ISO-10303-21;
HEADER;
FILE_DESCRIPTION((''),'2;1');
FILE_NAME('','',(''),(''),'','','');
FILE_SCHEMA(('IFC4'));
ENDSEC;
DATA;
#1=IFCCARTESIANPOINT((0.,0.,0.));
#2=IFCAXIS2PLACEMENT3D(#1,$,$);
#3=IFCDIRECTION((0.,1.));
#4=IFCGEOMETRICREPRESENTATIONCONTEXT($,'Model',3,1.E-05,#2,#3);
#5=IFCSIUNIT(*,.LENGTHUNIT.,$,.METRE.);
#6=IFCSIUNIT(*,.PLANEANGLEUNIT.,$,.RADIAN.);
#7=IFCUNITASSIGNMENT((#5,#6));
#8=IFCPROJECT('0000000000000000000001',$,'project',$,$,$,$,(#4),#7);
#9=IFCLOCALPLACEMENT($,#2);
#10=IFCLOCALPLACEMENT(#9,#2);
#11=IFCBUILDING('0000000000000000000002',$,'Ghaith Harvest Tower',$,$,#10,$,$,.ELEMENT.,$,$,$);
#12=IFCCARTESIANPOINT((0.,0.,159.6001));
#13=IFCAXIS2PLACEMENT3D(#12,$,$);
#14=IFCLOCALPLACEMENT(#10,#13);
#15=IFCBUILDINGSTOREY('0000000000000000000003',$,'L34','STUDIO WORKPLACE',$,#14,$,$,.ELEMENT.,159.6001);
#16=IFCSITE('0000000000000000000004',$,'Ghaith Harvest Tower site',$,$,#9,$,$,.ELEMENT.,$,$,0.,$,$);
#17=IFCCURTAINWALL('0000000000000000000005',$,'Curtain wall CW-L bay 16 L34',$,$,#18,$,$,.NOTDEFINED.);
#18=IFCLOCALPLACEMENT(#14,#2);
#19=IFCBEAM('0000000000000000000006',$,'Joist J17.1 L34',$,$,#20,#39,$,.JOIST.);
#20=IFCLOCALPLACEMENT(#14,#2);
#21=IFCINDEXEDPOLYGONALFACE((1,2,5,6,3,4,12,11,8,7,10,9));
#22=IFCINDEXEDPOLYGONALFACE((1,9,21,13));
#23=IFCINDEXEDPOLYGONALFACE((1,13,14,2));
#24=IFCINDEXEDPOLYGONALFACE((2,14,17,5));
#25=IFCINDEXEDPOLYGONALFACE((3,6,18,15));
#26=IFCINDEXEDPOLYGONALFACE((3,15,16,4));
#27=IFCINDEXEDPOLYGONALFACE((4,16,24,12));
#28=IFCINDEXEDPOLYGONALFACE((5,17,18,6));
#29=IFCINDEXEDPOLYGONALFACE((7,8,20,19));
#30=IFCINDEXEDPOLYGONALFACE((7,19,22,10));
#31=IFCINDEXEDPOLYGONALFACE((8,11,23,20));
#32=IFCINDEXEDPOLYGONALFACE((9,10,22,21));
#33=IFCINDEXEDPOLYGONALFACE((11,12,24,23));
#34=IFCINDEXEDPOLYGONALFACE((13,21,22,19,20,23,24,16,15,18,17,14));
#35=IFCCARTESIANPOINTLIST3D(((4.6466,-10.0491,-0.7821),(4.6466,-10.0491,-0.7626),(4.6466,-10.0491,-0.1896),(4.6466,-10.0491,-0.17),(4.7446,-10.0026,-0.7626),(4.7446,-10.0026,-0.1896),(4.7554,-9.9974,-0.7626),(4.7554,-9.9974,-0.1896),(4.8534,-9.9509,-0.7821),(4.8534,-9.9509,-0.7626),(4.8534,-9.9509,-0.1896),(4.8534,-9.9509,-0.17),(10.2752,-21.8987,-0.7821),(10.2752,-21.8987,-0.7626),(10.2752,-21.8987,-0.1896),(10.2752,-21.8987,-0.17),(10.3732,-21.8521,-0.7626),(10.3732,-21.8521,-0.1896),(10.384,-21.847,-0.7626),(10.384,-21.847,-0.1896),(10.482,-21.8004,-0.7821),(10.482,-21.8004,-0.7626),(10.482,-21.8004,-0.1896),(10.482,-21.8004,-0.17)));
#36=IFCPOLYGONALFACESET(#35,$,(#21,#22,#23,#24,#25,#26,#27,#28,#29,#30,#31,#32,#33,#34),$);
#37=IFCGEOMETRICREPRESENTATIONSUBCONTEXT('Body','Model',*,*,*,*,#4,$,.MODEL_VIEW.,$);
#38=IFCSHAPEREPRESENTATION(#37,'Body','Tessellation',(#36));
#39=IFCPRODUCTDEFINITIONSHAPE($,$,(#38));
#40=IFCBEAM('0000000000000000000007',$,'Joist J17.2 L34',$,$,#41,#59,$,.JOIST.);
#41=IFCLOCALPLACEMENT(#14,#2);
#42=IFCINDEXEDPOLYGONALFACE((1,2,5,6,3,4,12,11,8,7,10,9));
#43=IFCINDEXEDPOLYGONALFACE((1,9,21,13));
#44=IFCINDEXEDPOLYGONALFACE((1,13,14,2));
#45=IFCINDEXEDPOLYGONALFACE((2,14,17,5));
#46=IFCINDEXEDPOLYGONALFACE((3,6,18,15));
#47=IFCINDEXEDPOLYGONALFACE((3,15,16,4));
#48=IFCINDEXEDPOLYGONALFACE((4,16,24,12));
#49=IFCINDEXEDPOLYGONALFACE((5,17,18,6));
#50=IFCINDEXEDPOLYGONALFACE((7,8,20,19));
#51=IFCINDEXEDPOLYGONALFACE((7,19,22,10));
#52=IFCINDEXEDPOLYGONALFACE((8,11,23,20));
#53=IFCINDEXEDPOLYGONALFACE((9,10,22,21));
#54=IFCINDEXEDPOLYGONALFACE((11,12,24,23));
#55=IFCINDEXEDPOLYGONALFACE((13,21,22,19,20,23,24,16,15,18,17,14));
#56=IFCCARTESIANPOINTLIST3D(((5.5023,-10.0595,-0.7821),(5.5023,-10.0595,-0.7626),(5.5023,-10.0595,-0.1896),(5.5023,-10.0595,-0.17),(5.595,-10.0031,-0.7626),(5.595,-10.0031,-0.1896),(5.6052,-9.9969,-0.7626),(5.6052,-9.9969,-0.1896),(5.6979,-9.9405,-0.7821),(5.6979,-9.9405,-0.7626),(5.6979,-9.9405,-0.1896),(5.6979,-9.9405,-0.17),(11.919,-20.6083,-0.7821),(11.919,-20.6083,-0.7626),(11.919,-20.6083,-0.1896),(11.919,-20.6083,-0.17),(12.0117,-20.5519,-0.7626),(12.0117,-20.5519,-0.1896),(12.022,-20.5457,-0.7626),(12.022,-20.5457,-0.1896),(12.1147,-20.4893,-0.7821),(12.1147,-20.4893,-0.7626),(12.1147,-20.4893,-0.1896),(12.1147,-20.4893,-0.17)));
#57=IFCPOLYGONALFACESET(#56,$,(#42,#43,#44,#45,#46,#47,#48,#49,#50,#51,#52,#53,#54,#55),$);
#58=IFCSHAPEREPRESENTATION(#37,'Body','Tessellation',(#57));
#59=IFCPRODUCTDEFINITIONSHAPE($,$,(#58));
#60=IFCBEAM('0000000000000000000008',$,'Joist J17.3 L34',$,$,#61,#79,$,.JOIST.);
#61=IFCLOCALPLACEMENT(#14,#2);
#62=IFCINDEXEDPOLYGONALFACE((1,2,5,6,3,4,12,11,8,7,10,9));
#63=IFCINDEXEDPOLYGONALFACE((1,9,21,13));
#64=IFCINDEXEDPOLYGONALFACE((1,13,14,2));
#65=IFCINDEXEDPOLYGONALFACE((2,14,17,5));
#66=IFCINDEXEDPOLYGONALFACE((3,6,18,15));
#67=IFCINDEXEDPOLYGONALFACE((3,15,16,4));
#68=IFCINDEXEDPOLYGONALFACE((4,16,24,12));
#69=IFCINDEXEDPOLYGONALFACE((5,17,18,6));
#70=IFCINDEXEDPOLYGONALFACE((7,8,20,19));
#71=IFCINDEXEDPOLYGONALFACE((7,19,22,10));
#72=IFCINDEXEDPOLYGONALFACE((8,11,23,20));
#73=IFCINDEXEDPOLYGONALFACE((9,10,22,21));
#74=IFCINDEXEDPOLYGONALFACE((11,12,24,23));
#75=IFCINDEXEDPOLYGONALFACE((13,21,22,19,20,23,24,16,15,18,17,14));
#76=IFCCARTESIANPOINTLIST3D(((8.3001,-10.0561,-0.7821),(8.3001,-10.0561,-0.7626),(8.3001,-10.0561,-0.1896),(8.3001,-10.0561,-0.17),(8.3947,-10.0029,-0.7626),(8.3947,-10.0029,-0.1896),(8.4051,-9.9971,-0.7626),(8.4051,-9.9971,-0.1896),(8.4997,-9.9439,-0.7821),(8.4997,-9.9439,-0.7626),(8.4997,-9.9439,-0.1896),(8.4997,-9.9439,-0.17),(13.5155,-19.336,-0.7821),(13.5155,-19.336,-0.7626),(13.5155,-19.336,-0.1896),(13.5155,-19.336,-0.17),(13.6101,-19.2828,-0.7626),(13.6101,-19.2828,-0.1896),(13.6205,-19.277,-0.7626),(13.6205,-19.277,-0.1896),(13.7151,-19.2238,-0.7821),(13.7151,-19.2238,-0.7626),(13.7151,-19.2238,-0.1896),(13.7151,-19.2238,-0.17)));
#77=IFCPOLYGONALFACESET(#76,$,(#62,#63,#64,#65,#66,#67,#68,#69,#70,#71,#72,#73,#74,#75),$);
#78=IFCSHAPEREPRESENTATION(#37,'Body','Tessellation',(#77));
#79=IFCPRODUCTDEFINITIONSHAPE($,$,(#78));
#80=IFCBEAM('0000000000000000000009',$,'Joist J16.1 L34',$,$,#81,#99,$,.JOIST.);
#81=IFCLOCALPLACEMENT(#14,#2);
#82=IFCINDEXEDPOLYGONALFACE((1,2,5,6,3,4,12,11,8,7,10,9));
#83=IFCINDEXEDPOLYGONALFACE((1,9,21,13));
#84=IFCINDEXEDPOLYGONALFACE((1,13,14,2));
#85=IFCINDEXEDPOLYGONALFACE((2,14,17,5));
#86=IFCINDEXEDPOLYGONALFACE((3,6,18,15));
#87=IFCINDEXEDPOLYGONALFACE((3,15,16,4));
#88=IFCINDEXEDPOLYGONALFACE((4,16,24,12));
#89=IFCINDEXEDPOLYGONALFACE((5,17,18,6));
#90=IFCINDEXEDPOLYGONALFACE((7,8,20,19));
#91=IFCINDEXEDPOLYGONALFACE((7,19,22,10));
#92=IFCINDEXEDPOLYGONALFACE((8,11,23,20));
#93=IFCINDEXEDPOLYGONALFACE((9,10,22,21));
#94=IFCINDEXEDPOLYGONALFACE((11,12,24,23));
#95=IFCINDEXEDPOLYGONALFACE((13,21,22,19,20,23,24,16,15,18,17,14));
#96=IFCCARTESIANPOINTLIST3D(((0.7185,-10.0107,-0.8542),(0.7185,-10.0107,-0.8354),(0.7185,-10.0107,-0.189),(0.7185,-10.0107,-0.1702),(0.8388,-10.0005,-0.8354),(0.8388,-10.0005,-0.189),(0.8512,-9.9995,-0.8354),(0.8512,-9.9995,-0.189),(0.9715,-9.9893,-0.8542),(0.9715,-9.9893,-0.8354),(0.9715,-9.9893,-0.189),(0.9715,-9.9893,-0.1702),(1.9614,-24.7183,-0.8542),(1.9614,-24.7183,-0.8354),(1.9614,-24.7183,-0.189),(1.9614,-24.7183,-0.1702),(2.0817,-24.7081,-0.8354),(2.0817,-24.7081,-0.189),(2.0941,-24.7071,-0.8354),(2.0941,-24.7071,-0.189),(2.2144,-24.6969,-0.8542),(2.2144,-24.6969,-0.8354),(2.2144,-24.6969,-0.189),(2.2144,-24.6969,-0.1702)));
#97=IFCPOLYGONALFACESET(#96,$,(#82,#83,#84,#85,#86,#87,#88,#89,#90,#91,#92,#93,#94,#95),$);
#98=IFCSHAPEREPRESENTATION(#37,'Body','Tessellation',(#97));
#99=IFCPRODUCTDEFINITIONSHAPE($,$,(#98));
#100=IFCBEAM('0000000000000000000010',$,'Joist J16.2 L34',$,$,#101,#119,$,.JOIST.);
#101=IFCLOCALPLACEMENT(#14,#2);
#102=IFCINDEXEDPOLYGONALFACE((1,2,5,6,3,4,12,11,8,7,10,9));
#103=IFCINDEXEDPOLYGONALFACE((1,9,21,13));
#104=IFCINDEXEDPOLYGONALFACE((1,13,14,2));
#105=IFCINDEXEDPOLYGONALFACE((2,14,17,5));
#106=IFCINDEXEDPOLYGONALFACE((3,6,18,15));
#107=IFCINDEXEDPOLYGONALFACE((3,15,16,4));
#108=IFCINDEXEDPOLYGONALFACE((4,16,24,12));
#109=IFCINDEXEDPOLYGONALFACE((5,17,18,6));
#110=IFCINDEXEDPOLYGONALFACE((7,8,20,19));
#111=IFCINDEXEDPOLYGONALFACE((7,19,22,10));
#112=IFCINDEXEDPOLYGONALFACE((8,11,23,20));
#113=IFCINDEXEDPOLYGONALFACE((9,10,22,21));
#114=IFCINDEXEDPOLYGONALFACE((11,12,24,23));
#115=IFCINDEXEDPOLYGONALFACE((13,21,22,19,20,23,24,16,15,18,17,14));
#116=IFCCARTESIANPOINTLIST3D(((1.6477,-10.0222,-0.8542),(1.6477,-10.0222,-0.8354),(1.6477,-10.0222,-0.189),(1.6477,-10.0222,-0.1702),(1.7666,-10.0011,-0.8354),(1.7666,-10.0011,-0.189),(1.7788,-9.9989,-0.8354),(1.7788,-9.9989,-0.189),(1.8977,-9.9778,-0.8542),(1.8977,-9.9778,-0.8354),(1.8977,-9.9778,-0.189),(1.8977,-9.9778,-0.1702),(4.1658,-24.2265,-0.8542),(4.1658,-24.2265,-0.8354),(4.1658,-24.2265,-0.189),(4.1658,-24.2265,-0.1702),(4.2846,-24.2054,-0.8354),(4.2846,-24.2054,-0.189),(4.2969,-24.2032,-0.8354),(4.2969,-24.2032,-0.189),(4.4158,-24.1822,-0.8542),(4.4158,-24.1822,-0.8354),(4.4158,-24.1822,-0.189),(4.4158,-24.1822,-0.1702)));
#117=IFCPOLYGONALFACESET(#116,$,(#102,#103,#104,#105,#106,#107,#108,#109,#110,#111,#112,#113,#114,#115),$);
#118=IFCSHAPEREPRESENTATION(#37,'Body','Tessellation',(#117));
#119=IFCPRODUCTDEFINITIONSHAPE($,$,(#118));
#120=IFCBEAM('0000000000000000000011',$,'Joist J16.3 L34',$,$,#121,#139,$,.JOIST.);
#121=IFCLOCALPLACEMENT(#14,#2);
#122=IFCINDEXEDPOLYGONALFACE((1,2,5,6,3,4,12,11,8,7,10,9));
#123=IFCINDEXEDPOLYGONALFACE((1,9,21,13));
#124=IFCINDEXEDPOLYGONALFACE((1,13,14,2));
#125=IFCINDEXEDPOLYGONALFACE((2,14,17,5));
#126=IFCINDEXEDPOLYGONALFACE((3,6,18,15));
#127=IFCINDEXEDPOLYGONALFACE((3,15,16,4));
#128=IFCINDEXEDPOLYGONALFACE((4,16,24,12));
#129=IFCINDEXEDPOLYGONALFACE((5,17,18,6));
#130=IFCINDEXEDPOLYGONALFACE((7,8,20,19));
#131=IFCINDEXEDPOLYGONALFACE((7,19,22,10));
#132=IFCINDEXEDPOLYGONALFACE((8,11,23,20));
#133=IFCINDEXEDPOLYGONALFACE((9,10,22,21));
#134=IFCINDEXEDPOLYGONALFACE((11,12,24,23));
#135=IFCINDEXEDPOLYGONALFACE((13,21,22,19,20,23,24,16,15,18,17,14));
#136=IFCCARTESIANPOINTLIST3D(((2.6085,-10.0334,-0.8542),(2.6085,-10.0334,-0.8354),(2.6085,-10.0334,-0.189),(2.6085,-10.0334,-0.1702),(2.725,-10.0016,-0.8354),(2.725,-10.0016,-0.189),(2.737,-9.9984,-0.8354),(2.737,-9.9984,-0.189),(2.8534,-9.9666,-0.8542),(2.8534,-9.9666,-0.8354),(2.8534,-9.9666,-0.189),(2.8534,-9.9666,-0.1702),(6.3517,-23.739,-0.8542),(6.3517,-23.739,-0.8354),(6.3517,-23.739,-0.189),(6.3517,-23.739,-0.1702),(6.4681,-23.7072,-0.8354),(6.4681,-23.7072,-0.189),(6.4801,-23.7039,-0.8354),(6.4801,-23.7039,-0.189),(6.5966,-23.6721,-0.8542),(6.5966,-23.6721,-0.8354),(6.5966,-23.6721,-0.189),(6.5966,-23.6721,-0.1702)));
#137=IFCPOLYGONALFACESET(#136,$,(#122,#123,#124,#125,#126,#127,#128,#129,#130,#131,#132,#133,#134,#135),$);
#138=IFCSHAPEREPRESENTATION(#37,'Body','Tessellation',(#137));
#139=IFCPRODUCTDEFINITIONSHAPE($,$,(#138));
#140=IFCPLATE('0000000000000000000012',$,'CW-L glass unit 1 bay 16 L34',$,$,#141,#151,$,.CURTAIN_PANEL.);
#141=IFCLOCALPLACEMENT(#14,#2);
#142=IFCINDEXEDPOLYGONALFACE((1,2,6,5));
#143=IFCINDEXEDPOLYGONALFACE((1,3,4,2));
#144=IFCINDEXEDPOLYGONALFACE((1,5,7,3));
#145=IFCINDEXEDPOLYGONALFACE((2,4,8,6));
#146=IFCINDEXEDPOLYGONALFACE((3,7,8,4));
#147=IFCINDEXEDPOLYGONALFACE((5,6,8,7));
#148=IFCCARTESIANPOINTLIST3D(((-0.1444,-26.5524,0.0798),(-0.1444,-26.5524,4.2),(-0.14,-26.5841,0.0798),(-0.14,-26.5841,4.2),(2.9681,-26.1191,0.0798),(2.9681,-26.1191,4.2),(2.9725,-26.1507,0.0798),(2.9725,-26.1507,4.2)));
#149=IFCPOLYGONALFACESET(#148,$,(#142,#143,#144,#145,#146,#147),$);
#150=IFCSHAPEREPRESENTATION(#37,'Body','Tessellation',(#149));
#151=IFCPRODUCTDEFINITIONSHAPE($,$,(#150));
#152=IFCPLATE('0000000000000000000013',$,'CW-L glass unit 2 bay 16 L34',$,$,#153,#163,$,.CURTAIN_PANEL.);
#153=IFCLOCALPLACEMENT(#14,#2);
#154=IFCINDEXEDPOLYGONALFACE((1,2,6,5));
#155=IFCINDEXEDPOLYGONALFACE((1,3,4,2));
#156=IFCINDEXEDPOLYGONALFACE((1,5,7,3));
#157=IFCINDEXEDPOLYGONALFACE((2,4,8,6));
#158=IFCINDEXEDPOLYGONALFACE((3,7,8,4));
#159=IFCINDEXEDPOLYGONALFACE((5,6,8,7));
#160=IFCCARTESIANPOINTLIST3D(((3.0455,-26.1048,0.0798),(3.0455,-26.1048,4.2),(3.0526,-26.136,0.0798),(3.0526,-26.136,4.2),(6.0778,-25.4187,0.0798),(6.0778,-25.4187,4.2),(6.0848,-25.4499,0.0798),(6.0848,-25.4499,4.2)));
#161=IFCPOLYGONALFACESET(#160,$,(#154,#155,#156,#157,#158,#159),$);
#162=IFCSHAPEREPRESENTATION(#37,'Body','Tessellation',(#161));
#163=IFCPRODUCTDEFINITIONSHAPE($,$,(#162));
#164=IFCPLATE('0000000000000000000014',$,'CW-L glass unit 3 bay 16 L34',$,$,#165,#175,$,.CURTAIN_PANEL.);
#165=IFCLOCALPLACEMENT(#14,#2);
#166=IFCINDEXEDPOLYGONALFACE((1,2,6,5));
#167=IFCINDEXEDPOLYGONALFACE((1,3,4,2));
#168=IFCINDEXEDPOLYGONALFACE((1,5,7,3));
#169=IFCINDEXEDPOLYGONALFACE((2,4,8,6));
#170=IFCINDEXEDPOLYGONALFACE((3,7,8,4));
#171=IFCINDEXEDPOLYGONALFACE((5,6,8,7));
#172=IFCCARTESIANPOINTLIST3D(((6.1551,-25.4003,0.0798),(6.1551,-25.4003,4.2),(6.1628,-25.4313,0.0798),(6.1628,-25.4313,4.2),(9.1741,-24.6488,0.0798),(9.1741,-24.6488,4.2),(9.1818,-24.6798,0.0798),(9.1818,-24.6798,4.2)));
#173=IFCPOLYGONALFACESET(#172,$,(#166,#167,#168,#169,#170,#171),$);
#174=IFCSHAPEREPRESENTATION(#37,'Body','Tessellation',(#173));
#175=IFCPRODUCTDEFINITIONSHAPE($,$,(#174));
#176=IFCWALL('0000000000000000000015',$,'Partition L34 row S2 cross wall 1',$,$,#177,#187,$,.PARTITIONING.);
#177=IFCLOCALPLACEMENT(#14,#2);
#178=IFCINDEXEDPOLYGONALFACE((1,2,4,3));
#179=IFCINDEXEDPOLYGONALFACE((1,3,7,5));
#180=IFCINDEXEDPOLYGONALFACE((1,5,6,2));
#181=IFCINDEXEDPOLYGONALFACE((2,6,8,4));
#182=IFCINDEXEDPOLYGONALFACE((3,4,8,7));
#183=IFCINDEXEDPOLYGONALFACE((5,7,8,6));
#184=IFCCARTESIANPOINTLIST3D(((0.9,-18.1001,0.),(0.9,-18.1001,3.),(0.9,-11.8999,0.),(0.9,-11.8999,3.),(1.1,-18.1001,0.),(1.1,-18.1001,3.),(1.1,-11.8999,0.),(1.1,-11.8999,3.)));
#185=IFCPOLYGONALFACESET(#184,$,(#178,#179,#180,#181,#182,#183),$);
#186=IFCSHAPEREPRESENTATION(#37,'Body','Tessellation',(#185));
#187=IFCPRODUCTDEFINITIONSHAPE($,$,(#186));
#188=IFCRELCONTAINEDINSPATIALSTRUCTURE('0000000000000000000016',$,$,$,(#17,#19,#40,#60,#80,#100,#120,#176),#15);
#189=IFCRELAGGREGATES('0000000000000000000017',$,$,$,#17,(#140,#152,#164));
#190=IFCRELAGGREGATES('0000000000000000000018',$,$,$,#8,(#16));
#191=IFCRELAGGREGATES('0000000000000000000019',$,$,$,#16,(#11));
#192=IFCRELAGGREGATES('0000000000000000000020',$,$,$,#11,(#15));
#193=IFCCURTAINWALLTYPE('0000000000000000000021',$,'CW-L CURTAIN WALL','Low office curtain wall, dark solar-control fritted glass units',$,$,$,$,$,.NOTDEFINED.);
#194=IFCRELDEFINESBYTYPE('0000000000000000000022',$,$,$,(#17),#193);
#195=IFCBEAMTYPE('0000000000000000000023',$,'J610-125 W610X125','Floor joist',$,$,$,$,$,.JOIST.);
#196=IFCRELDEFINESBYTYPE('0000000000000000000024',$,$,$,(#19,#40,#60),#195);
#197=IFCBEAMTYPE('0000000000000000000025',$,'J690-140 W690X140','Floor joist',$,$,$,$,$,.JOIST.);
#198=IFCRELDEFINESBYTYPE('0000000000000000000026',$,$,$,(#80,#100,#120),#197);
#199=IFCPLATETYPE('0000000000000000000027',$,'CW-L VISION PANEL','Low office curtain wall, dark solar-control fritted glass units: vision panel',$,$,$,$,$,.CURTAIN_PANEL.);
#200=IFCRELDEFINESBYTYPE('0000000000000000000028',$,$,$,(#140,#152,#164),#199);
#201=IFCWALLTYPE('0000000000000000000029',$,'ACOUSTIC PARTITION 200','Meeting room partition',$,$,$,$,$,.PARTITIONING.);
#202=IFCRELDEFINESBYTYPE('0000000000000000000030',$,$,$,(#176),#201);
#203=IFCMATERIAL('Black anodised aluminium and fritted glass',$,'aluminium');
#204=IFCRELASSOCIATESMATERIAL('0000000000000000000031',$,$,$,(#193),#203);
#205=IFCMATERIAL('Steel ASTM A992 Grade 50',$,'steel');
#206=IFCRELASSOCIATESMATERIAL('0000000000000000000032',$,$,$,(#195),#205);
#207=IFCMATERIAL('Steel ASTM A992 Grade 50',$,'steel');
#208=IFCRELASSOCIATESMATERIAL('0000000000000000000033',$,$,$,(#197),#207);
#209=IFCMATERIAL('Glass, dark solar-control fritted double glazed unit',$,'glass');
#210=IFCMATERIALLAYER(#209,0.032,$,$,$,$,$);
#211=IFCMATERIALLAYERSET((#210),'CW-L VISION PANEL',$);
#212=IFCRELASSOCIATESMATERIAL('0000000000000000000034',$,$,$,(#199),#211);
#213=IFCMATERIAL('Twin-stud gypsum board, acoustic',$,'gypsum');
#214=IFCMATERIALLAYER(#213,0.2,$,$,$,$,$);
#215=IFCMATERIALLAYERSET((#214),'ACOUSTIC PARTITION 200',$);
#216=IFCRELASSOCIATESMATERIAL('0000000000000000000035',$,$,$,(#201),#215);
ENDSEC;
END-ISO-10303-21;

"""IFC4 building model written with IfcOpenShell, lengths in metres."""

from ifc_helpers import new_model, si_unit, direction, frame, frame_2d, origin, origin_2d, place, context, subcontext, project, spatial, rectangle, i_section, extrude, material, layer, layer_set, material_profile, profile_set, type_object, element, aggregate, save


model = new_model("IFC4")

# Units and contexts
model_context = context("Model", 3, precision=1e-05, world=origin(), true_north=direction((0.0, 1.0)))
body_context = subcontext(model_context, "Body", "Model", "MODEL_VIEW")
ifc_project = project(units=[si_unit("LENGTHUNIT", "METRE"), si_unit("PLANEANGLEUNIT", "RADIAN")], contexts=[model_context])

# Site, building, storey
site_placement = place(None, origin())
site = spatial("IfcSite", under=ifc_project, at=site_placement, Name="Ghaith Harvest Tower site", CompositionType="ELEMENT", RefElevation=0.0)
building_placement = place(site_placement, origin())
building = spatial("IfcBuilding", under=site, at=building_placement, Name="Ghaith Harvest Tower", CompositionType="ELEMENT")
storey_placement = place(building_placement, frame((0.0, 0.0, 159.6001)))
storey = spatial("IfcBuildingStorey", under=building, at=storey_placement, Name="L34", Description="STUDIO WORKPLACE", CompositionType="ELEMENT", Elevation=159.6001)

# Curtain wall
ifc_material_1 = material(Name="Black anodised aluminium and fritted glass", Category="aluminium")
curtain_wall_type = type_object("IfcCurtainWallType", Name="CW-L CURTAIN WALL", Description="Low office curtain wall, dark solar-control fritted glass units", PredefinedType="NOTDEFINED", material=ifc_material_1)
curtain_wall_1_placement = place(storey_placement, origin())
curtain_wall_1 = element("IfcCurtainWall", 1, at=curtain_wall_1_placement, inside=storey, type_object=curtain_wall_type, Name="Curtain wall CW-L bay 16 L34", PredefinedType="NOTDEFINED")

# Beams
ifc_material_2 = material(Name="Steel ASTM A992 Grade 50", Category="steel")
ifc_material_profile_1 = material_profile(ifc_material_2, i_section(OverallWidth=0.229, OverallDepth=0.6121, WebThickness=0.012, FlangeThickness=0.0195, at=origin_2d()), Name="W610X125")
ifc_profile_set_1 = profile_set([ifc_material_profile_1], Name="Steel ASTM A992 Grade 50")
beam_type_1 = type_object("IfcBeamType", Name="J610-125 W610X125", Description="Floor joist", PredefinedType="JOIST", material=ifc_profile_set_1)
beam_1_placement = place(storey_placement, frame((4.75, -10.0, -0.4761), z_axis=(0.429063, -0.903275, 0.0), x_axis=(0.903275, 0.429063, 0.0)))
element("IfcBeam", 2, at=beam_1_placement, inside=storey, type_object=beam_type_1, Name="Joist J17.1 L34", PredefinedType="JOIST", context=body_context, shape_type="SweptSolid", body=[
    extrude(i_section(OverallWidth=0.229, OverallDepth=0.6121, WebThickness=0.012, FlangeThickness=0.0195, at=origin_2d()), origin(), (0.0, 0.0, 1.0), 13.1184),
])
beam_2_placement = place(storey_placement, frame((5.6001, -10.0, -0.4761), z_axis=(0.519694, -0.854352, 0.0), x_axis=(0.854352, 0.519694, 0.0)))
element("IfcBeam", 3, at=beam_2_placement, inside=storey, type_object=beam_type_1, Name="Joist J17.2 L34", PredefinedType="JOIST", context=body_context, shape_type="SweptSolid", body=[
    extrude(i_section(OverallWidth=0.229, OverallDepth=0.6121, WebThickness=0.012, FlangeThickness=0.0195, at=origin_2d()), origin(), (0.0, 0.0, 1.0), 12.3472),
])
beam_3_placement = place(storey_placement, frame((8.3999, -10.0, -0.4761), z_axis=(0.489937, -0.871758, 0.0), x_axis=(0.871758, 0.489937, 0.0)))
element("IfcBeam", 4, at=beam_3_placement, inside=storey, type_object=beam_type_1, Name="Joist J17.3 L34", PredefinedType="JOIST", context=body_context, shape_type="SweptSolid", body=[
    extrude(i_section(OverallWidth=0.229, OverallDepth=0.6121, WebThickness=0.012, FlangeThickness=0.0195, at=origin_2d()), origin(), (0.0, 0.0, 1.0), 10.645),
])
ifc_material_3 = material(Name="Steel ASTM A992 Grade 50", Category="steel")
ifc_material_profile_2 = material_profile(ifc_material_3, i_section(OverallWidth=0.2539, OverallDepth=0.6841, WebThickness=0.0125, FlangeThickness=0.0188, at=origin_2d()), Name="W690X140")
ifc_profile_set_2 = profile_set([ifc_material_profile_2], Name="Steel ASTM A992 Grade 50")
beam_type_2 = type_object("IfcBeamType", Name="J690-140 W690X140", Description="Floor joist", PredefinedType="JOIST", material=ifc_profile_set_2)
beam_4_placement = place(storey_placement, frame((0.845, -10.0, -0.5122), z_axis=(0.084209, -0.996448, 0.0), x_axis=(0.996448, 0.084209, 0.0)))
element("IfcBeam", 5, at=beam_4_placement, inside=storey, type_object=beam_type_2, Name="Joist J16.1 L34", PredefinedType="JOIST", context=body_context, shape_type="SweptSolid", body=[
    extrude(i_section(OverallWidth=0.2539, OverallDepth=0.6841, WebThickness=0.0125, FlangeThickness=0.0188, at=origin_2d()), origin(), (0.0, 0.0, 1.0), 14.76),
])
beam_5_placement = place(storey_placement, frame((1.7727, -10.0, -0.5122), z_axis=(0.174553, -0.984648, 0.0), x_axis=(0.984648, 0.174553, 0.0)))
element("IfcBeam", 6, at=beam_5_placement, inside=storey, type_object=beam_type_2, Name="Joist J16.2 L34", PredefinedType="JOIST", context=body_context, shape_type="SweptSolid", body=[
    extrude(i_section(OverallWidth=0.2539, OverallDepth=0.6841, WebThickness=0.0125, FlangeThickness=0.0188, at=origin_2d()), origin(), (0.0, 0.0, 1.0), 14.4258),
])
beam_6_placement = place(storey_placement, frame((2.731, -10.0, -0.5122), z_axis=(0.263463, -0.964669, 0.0), x_axis=(0.964669, 0.263463, 0.0)))
element("IfcBeam", 7, at=beam_6_placement, inside=storey, type_object=beam_type_2, Name="Joist J16.3 L34", PredefinedType="JOIST", context=body_context, shape_type="SweptSolid", body=[
    extrude(i_section(OverallWidth=0.2539, OverallDepth=0.6841, WebThickness=0.0125, FlangeThickness=0.0188, at=origin_2d()), origin(), (0.0, 0.0, 1.0), 14.2075),
])

# Plates
ifc_material_4 = material(Name="Glass, dark solar-control fritted double glazed unit", Category="glass")
ifc_layer_1 = layer(ifc_material_4, 0.032)
ifc_layer_set_1 = layer_set([ifc_layer_1], Name="CW-L VISION PANEL")
plate_type = type_object("IfcPlateType", Name="CW-L VISION PANEL", Description="Low office curtain wall, dark solar-control fritted glass units: vision panel", PredefinedType="CURTAIN_PANEL", material=ifc_layer_set_1)
plate_1_placement = place(storey_placement, frame((1.4141, -26.3516, 0.0798), z_axis=(0.0, 0.0, 1.0), x_axis=(0.990448, 0.137886, 0.0)))
plate_1 = element("IfcPlate", 8, at=plate_1_placement, type_object=plate_type, Name="CW-L glass unit 1 bay 16 L34", PredefinedType="CURTAIN_PANEL", context=body_context, shape_type="SweptSolid", body=[
    extrude(rectangle(XDim=3.1426, YDim=0.032, at=origin_2d()), origin(), (0.0, 0.0, 1.0), 4.1201),
])
plate_2_placement = place(storey_placement, frame((4.5652, -25.7773, 0.0798), z_axis=(0.0, 0.0, 1.0), x_axis=(0.975342, 0.2207, 0.0)))
plate_2 = element("IfcPlate", 9, at=plate_2_placement, type_object=plate_type, Name="CW-L glass unit 2 bay 16 L34", PredefinedType="CURTAIN_PANEL", context=body_context, shape_type="SweptSolid", body=[
    extrude(rectangle(XDim=3.1089, YDim=0.032, at=origin_2d()), origin(), (0.0, 0.0, 1.0), 4.1201),
])
plate_3_placement = place(storey_placement, frame((7.6685, -25.04, 0.0798), z_axis=(0.0, 0.0, 1.0), x_axis=(0.970384, 0.241566, 0.0)))
plate_3 = element("IfcPlate", 10, at=plate_3_placement, type_object=plate_type, Name="CW-L glass unit 3 bay 16 L34", PredefinedType="CURTAIN_PANEL", context=body_context, shape_type="SweptSolid", body=[
    extrude(rectangle(XDim=3.1111, YDim=0.032, at=origin_2d()), origin(), (0.0, 0.0, 1.0), 4.1201),
])
aggregate(curtain_wall_1, [plate_1, plate_2, plate_3])

# Wall
ifc_material_5 = material(Name="Twin-stud gypsum board, acoustic", Category="gypsum")
ifc_layer_2 = layer(ifc_material_5, 0.2)
ifc_layer_set_2 = layer_set([ifc_layer_2], Name="ACOUSTIC PARTITION 200")
wall_type_1 = type_object("IfcWallType", Name="ACOUSTIC PARTITION 200", Description="Meeting room partition", PredefinedType="PARTITIONING", material=ifc_layer_set_2)
for number, where, z_axis, x_axis, name in (
    (11, (1.0, -11.8999, 0.0), (0.0, 0.0, 1.0), (0.0, -1.0, 0.0), "Partition L34 row S2 cross wall 1"),
):
    element("IfcWall", number, at=place(storey_placement, frame(where, z_axis=z_axis, x_axis=x_axis)), inside=storey, type_object=wall_type_1, Name=name, PredefinedType="PARTITIONING", context=body_context, shape_type="SweptSolid", body=[
        extrude(rectangle(XDim=6.2002, YDim=0.2, at=frame_2d((3.1001, 0.0))), origin(), (0.0, 0.0, 1.0), 3.0),
    ])

save(model, "model.ifc")
